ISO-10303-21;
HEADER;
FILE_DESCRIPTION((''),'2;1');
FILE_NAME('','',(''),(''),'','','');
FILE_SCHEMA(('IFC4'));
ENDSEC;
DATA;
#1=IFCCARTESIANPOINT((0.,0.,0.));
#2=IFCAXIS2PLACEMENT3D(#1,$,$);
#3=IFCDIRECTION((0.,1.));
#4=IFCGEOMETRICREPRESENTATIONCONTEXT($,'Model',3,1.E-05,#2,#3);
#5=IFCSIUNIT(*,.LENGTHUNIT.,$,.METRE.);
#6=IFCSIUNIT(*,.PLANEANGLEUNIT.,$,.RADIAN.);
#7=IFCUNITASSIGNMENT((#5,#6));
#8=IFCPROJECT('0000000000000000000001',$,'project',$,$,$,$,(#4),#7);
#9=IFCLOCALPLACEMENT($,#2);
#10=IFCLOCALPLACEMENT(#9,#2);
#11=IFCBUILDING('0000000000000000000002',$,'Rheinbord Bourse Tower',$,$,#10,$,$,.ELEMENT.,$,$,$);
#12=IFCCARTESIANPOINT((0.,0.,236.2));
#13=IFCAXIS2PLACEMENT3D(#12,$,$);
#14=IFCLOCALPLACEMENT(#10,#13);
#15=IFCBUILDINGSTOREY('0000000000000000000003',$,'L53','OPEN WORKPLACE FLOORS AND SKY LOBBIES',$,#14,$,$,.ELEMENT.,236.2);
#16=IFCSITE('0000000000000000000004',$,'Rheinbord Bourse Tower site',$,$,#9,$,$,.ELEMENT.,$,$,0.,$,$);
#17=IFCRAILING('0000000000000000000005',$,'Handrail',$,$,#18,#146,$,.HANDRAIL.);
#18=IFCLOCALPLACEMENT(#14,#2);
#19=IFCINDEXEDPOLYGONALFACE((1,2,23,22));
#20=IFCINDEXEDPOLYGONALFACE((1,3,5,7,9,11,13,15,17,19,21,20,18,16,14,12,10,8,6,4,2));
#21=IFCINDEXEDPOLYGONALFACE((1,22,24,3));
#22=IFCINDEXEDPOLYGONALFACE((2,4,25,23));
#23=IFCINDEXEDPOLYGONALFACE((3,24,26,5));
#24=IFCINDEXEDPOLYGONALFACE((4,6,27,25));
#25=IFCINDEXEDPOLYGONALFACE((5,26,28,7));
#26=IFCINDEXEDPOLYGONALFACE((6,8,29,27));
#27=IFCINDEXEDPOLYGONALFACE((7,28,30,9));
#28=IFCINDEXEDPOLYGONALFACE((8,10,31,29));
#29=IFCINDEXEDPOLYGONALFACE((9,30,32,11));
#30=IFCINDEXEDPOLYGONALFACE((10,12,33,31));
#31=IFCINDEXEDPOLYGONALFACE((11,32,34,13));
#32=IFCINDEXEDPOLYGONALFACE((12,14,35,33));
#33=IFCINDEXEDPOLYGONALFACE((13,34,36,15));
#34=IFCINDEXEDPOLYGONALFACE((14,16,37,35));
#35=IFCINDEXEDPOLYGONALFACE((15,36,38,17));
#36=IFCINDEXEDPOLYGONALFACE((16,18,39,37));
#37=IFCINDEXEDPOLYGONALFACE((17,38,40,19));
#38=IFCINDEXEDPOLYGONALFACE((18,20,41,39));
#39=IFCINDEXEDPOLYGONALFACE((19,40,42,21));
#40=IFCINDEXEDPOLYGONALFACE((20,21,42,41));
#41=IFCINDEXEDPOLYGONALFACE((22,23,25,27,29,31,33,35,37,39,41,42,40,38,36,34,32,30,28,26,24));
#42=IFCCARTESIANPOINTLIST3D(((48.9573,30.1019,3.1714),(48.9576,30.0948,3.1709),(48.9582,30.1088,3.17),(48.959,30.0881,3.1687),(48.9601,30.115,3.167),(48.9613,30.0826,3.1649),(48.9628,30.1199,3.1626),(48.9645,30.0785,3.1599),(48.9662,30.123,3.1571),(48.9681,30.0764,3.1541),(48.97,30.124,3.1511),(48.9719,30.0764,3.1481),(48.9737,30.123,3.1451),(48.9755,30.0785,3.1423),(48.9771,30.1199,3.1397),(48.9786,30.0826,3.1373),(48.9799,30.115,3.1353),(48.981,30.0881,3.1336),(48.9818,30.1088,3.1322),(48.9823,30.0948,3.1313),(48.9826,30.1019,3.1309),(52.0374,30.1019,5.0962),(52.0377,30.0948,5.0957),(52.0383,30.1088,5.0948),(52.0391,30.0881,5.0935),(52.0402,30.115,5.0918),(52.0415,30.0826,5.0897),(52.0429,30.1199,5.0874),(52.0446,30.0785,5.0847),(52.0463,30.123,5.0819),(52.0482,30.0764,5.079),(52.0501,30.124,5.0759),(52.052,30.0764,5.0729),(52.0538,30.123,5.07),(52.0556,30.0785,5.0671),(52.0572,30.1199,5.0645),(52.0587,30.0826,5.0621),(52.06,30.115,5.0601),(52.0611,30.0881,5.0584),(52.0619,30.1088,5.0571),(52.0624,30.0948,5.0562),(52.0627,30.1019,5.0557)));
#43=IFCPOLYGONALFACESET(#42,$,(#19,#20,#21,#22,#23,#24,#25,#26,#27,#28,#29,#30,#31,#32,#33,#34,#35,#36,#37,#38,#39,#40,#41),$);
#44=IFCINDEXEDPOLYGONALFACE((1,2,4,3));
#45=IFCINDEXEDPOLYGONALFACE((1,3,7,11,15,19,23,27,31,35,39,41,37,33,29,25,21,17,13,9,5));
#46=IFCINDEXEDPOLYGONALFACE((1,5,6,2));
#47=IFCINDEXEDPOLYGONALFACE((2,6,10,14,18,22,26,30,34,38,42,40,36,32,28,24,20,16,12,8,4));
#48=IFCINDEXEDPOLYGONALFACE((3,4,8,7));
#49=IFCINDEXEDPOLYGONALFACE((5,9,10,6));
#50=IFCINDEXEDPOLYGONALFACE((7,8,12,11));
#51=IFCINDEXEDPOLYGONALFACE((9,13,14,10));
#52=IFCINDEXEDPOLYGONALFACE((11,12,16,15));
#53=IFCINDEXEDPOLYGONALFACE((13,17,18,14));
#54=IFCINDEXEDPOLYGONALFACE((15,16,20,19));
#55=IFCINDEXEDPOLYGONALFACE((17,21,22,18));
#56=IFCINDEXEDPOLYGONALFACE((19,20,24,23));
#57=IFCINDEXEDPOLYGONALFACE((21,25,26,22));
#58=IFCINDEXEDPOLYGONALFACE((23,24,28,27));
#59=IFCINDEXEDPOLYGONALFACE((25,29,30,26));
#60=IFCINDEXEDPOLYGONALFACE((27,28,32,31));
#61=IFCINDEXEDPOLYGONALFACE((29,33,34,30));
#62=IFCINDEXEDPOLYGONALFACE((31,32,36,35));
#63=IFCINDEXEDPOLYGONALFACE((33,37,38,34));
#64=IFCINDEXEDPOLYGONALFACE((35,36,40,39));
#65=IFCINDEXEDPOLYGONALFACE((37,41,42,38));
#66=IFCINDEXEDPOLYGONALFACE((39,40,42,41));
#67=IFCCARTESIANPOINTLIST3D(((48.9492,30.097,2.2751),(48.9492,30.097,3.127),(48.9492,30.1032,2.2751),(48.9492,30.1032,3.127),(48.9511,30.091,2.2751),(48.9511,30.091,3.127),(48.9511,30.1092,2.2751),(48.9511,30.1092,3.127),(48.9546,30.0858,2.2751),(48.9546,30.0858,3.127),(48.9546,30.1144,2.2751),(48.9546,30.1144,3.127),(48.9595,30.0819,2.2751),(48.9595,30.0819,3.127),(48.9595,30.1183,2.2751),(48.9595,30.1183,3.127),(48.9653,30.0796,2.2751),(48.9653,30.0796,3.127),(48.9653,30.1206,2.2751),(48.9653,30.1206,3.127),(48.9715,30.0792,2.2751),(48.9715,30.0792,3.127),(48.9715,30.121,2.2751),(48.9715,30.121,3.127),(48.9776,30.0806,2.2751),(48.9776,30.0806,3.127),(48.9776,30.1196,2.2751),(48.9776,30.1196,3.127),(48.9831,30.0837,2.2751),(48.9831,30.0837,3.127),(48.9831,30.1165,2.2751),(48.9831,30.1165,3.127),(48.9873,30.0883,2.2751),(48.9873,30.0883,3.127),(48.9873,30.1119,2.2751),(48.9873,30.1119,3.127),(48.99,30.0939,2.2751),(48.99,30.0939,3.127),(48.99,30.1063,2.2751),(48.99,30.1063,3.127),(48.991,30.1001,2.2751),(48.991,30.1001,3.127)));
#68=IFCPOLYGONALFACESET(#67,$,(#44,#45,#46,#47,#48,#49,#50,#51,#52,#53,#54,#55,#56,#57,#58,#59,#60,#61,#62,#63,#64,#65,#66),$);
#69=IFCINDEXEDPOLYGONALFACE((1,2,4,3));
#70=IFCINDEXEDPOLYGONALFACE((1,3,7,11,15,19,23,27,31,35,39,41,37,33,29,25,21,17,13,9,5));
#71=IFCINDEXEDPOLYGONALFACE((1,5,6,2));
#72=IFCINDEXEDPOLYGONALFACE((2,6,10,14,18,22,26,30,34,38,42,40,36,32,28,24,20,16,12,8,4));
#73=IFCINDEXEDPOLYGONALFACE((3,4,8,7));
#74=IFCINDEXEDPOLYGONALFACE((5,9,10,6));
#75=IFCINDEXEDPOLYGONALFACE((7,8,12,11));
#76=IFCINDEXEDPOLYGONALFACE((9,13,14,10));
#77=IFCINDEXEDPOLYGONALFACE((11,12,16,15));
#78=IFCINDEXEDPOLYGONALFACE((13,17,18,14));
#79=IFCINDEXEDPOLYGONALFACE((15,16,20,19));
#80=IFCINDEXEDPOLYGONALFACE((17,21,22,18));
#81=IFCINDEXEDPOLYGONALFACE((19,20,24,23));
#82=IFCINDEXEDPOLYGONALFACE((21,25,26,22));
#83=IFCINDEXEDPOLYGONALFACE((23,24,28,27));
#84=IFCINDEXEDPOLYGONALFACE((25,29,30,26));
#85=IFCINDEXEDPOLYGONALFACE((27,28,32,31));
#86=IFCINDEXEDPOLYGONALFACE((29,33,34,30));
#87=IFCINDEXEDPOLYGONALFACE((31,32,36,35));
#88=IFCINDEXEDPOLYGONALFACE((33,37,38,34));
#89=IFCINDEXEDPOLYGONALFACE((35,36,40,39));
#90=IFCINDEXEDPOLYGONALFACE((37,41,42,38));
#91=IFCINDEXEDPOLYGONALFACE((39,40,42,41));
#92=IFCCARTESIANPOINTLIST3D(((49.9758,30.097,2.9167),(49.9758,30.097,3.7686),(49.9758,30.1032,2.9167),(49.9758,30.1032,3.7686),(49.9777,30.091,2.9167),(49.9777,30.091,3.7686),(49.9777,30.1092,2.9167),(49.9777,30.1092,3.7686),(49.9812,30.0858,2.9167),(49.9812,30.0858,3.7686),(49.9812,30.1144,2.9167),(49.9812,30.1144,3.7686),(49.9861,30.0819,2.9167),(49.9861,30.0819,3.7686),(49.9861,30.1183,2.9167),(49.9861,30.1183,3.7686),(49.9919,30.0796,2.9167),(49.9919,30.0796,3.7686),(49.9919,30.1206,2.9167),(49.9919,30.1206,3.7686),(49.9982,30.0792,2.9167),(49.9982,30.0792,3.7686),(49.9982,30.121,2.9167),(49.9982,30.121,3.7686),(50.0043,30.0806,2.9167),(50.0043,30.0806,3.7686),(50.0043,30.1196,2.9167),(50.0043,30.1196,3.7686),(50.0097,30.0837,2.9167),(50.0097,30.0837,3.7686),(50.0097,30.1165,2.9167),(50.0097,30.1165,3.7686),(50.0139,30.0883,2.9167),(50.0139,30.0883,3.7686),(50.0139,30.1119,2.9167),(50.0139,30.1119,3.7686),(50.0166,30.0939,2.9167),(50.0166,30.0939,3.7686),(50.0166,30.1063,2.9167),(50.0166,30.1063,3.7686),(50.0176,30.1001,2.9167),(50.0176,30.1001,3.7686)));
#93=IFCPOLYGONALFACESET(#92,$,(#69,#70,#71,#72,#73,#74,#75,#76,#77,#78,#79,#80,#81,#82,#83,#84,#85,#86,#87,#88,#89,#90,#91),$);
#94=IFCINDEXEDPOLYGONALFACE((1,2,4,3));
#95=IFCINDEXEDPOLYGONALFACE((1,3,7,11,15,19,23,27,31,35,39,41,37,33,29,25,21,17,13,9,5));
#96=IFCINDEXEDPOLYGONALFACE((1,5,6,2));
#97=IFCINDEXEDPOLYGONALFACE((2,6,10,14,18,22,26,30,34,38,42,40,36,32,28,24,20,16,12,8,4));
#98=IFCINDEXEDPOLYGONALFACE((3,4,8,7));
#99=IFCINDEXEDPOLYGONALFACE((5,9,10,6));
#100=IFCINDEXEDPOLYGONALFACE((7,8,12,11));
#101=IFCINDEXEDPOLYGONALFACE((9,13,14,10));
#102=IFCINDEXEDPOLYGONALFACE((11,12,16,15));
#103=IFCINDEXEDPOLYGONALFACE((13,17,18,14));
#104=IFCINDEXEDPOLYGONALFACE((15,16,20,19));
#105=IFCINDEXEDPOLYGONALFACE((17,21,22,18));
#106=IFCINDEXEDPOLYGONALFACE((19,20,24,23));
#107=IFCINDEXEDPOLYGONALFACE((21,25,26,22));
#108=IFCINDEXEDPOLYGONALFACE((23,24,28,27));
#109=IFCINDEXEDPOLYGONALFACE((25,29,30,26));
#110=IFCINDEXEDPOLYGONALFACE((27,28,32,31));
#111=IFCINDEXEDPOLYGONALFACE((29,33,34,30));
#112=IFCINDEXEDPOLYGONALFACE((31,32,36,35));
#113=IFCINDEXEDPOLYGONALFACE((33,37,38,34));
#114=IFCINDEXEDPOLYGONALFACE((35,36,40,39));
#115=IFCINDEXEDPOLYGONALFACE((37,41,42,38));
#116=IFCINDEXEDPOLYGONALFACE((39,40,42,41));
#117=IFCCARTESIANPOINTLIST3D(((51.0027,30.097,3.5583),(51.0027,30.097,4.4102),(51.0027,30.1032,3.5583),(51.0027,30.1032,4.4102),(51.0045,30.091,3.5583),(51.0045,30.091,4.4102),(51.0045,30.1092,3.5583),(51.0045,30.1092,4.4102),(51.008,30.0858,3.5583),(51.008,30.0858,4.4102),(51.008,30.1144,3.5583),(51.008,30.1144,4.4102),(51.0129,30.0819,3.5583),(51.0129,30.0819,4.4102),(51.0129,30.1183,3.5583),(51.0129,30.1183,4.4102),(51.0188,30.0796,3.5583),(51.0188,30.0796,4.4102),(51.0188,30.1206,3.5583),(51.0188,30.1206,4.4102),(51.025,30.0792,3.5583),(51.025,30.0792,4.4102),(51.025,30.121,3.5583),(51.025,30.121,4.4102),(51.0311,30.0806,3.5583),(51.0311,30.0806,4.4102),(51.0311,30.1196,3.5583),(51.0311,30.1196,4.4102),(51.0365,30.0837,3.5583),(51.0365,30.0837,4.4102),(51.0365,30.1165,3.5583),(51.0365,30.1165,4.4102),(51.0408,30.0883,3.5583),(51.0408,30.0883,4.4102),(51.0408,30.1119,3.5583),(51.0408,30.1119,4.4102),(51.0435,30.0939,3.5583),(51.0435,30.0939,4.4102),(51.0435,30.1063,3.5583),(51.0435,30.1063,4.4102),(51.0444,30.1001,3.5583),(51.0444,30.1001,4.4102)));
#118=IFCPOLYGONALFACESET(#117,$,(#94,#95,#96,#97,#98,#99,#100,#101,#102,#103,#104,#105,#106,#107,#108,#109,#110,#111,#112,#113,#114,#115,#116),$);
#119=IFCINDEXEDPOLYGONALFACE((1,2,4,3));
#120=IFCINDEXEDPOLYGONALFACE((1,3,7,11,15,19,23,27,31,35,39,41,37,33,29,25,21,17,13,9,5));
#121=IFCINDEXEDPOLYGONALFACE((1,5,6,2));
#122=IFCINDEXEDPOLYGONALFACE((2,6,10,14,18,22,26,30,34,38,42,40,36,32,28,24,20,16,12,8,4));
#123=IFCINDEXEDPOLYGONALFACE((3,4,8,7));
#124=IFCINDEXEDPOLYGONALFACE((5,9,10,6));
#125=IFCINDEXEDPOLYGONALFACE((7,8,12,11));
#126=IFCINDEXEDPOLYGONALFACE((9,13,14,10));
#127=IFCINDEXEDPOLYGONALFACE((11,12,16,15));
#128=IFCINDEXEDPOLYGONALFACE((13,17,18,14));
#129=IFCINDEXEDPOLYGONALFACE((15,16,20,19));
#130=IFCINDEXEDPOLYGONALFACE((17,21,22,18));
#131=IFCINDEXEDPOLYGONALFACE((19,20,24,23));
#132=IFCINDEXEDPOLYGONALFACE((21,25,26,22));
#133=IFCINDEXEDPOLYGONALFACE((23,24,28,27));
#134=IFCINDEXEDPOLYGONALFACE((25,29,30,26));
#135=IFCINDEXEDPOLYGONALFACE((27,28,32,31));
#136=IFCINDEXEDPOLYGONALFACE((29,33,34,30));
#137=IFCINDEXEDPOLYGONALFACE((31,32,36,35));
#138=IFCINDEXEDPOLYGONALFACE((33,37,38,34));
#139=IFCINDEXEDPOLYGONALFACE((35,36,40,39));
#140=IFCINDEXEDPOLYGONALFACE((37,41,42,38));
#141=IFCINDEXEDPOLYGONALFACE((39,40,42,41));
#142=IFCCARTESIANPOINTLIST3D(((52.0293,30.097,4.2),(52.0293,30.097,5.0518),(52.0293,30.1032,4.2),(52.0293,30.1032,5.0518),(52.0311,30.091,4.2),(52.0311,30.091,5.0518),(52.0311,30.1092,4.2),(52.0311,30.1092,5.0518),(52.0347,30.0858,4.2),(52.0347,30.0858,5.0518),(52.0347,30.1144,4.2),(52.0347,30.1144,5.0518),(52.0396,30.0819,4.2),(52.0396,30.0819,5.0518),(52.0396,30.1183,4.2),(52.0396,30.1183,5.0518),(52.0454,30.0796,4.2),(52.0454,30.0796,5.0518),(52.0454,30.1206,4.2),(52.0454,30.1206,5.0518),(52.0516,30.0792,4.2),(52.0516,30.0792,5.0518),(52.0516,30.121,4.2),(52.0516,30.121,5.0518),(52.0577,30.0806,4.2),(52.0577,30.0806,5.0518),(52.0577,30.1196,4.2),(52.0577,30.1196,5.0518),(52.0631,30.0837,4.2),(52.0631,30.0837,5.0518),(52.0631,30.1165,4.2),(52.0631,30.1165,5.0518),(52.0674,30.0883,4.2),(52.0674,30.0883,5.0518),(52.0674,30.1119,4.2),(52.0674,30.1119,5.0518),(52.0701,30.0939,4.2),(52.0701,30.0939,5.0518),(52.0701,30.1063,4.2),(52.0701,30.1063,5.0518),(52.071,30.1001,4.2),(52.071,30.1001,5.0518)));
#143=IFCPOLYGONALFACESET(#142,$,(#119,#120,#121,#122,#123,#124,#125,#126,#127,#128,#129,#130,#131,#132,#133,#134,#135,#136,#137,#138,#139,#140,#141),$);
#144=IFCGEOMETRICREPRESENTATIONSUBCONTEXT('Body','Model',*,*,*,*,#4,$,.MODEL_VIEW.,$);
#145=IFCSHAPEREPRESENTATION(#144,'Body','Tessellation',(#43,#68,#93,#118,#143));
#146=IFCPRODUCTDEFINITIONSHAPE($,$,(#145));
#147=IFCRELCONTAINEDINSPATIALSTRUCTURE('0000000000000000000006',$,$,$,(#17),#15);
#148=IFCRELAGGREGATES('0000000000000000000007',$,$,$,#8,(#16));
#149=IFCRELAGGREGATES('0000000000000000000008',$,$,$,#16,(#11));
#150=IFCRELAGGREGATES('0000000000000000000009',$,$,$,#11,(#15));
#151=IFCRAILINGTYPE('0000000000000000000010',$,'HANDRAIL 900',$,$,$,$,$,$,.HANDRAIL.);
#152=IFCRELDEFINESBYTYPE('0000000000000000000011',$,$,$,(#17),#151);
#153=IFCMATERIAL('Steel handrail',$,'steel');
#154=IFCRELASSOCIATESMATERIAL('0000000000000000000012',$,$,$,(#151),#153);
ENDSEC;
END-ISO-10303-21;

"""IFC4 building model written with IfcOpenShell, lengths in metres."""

from ifc_helpers import new_model, si_unit, direction, frame, origin, origin_2d, place, context, subcontext, project, spatial, circle, extrude, material, type_object, element, save


model = new_model("IFC4")

# Units and contexts
model_context = context("Model", 3, precision=1e-05, world=origin(), true_north=direction((0.0, 1.0)))
body_context = subcontext(model_context, "Body", "Model", "MODEL_VIEW")
ifc_project = project(units=[si_unit("LENGTHUNIT", "METRE"), si_unit("PLANEANGLEUNIT", "RADIAN")], contexts=[model_context])

# Site, building, storey
site_placement = place(None, origin())
site = spatial("IfcSite", under=ifc_project, at=site_placement, Name="Rheinbord Bourse Tower site", CompositionType="ELEMENT", RefElevation=0.0)
building_placement = place(site_placement, origin())
building = spatial("IfcBuilding", under=site, at=building_placement, Name="Rheinbord Bourse Tower", CompositionType="ELEMENT")
storey_placement = place(building_placement, frame((0.0, 0.0, 236.2)))
storey = spatial("IfcBuildingStorey", under=building, at=storey_placement, Name="L53", Description="OPEN WORKPLACE FLOORS AND SKY LOBBIES", CompositionType="ELEMENT", Elevation=236.2)

# Railing
ifc_material_1 = material(Name="Steel handrail", Category="steel")
railing_type = type_object("IfcRailingType", Name="HANDRAIL 900", PredefinedType="HANDRAIL", material=ifc_material_1)
railing_1_placement = place(storey_placement, frame((48.97, 30.1001, 2.2751)))
element("IfcRailing", 1, at=railing_1_placement, inside=storey, type_object=railing_type, Name="Handrail", PredefinedType="HANDRAIL", context=body_context, shape_type="SweptSolid", body=[
    extrude(circle(Radius=0.0239, at=origin_2d()), frame((0.0, 0.0, 0.876), z_axis=(0.848029, 0.0, 0.529951), x_axis=(0.0, 1.0, 0.0)), (0.0, 0.0, 1.0), 3.6321),
    extrude(circle(Radius=0.021, at=origin_2d()), origin(), (0.0, 0.0, 1.0), 0.8518),
    extrude(circle(Radius=0.021, at=origin_2d()), frame((1.0266, 0.0, 0.6416)), (0.0, 0.0, 1.0), 0.8518),
    extrude(circle(Radius=0.021, at=origin_2d()), frame((2.0535, 0.0, 1.2832)), (0.0, 0.0, 1.0), 0.8518),
    extrude(circle(Radius=0.021, at=origin_2d()), frame((3.0801, 0.0, 1.9248)), (0.0, 0.0, 1.0), 0.8518),
])

save(model, "model.ifc")
